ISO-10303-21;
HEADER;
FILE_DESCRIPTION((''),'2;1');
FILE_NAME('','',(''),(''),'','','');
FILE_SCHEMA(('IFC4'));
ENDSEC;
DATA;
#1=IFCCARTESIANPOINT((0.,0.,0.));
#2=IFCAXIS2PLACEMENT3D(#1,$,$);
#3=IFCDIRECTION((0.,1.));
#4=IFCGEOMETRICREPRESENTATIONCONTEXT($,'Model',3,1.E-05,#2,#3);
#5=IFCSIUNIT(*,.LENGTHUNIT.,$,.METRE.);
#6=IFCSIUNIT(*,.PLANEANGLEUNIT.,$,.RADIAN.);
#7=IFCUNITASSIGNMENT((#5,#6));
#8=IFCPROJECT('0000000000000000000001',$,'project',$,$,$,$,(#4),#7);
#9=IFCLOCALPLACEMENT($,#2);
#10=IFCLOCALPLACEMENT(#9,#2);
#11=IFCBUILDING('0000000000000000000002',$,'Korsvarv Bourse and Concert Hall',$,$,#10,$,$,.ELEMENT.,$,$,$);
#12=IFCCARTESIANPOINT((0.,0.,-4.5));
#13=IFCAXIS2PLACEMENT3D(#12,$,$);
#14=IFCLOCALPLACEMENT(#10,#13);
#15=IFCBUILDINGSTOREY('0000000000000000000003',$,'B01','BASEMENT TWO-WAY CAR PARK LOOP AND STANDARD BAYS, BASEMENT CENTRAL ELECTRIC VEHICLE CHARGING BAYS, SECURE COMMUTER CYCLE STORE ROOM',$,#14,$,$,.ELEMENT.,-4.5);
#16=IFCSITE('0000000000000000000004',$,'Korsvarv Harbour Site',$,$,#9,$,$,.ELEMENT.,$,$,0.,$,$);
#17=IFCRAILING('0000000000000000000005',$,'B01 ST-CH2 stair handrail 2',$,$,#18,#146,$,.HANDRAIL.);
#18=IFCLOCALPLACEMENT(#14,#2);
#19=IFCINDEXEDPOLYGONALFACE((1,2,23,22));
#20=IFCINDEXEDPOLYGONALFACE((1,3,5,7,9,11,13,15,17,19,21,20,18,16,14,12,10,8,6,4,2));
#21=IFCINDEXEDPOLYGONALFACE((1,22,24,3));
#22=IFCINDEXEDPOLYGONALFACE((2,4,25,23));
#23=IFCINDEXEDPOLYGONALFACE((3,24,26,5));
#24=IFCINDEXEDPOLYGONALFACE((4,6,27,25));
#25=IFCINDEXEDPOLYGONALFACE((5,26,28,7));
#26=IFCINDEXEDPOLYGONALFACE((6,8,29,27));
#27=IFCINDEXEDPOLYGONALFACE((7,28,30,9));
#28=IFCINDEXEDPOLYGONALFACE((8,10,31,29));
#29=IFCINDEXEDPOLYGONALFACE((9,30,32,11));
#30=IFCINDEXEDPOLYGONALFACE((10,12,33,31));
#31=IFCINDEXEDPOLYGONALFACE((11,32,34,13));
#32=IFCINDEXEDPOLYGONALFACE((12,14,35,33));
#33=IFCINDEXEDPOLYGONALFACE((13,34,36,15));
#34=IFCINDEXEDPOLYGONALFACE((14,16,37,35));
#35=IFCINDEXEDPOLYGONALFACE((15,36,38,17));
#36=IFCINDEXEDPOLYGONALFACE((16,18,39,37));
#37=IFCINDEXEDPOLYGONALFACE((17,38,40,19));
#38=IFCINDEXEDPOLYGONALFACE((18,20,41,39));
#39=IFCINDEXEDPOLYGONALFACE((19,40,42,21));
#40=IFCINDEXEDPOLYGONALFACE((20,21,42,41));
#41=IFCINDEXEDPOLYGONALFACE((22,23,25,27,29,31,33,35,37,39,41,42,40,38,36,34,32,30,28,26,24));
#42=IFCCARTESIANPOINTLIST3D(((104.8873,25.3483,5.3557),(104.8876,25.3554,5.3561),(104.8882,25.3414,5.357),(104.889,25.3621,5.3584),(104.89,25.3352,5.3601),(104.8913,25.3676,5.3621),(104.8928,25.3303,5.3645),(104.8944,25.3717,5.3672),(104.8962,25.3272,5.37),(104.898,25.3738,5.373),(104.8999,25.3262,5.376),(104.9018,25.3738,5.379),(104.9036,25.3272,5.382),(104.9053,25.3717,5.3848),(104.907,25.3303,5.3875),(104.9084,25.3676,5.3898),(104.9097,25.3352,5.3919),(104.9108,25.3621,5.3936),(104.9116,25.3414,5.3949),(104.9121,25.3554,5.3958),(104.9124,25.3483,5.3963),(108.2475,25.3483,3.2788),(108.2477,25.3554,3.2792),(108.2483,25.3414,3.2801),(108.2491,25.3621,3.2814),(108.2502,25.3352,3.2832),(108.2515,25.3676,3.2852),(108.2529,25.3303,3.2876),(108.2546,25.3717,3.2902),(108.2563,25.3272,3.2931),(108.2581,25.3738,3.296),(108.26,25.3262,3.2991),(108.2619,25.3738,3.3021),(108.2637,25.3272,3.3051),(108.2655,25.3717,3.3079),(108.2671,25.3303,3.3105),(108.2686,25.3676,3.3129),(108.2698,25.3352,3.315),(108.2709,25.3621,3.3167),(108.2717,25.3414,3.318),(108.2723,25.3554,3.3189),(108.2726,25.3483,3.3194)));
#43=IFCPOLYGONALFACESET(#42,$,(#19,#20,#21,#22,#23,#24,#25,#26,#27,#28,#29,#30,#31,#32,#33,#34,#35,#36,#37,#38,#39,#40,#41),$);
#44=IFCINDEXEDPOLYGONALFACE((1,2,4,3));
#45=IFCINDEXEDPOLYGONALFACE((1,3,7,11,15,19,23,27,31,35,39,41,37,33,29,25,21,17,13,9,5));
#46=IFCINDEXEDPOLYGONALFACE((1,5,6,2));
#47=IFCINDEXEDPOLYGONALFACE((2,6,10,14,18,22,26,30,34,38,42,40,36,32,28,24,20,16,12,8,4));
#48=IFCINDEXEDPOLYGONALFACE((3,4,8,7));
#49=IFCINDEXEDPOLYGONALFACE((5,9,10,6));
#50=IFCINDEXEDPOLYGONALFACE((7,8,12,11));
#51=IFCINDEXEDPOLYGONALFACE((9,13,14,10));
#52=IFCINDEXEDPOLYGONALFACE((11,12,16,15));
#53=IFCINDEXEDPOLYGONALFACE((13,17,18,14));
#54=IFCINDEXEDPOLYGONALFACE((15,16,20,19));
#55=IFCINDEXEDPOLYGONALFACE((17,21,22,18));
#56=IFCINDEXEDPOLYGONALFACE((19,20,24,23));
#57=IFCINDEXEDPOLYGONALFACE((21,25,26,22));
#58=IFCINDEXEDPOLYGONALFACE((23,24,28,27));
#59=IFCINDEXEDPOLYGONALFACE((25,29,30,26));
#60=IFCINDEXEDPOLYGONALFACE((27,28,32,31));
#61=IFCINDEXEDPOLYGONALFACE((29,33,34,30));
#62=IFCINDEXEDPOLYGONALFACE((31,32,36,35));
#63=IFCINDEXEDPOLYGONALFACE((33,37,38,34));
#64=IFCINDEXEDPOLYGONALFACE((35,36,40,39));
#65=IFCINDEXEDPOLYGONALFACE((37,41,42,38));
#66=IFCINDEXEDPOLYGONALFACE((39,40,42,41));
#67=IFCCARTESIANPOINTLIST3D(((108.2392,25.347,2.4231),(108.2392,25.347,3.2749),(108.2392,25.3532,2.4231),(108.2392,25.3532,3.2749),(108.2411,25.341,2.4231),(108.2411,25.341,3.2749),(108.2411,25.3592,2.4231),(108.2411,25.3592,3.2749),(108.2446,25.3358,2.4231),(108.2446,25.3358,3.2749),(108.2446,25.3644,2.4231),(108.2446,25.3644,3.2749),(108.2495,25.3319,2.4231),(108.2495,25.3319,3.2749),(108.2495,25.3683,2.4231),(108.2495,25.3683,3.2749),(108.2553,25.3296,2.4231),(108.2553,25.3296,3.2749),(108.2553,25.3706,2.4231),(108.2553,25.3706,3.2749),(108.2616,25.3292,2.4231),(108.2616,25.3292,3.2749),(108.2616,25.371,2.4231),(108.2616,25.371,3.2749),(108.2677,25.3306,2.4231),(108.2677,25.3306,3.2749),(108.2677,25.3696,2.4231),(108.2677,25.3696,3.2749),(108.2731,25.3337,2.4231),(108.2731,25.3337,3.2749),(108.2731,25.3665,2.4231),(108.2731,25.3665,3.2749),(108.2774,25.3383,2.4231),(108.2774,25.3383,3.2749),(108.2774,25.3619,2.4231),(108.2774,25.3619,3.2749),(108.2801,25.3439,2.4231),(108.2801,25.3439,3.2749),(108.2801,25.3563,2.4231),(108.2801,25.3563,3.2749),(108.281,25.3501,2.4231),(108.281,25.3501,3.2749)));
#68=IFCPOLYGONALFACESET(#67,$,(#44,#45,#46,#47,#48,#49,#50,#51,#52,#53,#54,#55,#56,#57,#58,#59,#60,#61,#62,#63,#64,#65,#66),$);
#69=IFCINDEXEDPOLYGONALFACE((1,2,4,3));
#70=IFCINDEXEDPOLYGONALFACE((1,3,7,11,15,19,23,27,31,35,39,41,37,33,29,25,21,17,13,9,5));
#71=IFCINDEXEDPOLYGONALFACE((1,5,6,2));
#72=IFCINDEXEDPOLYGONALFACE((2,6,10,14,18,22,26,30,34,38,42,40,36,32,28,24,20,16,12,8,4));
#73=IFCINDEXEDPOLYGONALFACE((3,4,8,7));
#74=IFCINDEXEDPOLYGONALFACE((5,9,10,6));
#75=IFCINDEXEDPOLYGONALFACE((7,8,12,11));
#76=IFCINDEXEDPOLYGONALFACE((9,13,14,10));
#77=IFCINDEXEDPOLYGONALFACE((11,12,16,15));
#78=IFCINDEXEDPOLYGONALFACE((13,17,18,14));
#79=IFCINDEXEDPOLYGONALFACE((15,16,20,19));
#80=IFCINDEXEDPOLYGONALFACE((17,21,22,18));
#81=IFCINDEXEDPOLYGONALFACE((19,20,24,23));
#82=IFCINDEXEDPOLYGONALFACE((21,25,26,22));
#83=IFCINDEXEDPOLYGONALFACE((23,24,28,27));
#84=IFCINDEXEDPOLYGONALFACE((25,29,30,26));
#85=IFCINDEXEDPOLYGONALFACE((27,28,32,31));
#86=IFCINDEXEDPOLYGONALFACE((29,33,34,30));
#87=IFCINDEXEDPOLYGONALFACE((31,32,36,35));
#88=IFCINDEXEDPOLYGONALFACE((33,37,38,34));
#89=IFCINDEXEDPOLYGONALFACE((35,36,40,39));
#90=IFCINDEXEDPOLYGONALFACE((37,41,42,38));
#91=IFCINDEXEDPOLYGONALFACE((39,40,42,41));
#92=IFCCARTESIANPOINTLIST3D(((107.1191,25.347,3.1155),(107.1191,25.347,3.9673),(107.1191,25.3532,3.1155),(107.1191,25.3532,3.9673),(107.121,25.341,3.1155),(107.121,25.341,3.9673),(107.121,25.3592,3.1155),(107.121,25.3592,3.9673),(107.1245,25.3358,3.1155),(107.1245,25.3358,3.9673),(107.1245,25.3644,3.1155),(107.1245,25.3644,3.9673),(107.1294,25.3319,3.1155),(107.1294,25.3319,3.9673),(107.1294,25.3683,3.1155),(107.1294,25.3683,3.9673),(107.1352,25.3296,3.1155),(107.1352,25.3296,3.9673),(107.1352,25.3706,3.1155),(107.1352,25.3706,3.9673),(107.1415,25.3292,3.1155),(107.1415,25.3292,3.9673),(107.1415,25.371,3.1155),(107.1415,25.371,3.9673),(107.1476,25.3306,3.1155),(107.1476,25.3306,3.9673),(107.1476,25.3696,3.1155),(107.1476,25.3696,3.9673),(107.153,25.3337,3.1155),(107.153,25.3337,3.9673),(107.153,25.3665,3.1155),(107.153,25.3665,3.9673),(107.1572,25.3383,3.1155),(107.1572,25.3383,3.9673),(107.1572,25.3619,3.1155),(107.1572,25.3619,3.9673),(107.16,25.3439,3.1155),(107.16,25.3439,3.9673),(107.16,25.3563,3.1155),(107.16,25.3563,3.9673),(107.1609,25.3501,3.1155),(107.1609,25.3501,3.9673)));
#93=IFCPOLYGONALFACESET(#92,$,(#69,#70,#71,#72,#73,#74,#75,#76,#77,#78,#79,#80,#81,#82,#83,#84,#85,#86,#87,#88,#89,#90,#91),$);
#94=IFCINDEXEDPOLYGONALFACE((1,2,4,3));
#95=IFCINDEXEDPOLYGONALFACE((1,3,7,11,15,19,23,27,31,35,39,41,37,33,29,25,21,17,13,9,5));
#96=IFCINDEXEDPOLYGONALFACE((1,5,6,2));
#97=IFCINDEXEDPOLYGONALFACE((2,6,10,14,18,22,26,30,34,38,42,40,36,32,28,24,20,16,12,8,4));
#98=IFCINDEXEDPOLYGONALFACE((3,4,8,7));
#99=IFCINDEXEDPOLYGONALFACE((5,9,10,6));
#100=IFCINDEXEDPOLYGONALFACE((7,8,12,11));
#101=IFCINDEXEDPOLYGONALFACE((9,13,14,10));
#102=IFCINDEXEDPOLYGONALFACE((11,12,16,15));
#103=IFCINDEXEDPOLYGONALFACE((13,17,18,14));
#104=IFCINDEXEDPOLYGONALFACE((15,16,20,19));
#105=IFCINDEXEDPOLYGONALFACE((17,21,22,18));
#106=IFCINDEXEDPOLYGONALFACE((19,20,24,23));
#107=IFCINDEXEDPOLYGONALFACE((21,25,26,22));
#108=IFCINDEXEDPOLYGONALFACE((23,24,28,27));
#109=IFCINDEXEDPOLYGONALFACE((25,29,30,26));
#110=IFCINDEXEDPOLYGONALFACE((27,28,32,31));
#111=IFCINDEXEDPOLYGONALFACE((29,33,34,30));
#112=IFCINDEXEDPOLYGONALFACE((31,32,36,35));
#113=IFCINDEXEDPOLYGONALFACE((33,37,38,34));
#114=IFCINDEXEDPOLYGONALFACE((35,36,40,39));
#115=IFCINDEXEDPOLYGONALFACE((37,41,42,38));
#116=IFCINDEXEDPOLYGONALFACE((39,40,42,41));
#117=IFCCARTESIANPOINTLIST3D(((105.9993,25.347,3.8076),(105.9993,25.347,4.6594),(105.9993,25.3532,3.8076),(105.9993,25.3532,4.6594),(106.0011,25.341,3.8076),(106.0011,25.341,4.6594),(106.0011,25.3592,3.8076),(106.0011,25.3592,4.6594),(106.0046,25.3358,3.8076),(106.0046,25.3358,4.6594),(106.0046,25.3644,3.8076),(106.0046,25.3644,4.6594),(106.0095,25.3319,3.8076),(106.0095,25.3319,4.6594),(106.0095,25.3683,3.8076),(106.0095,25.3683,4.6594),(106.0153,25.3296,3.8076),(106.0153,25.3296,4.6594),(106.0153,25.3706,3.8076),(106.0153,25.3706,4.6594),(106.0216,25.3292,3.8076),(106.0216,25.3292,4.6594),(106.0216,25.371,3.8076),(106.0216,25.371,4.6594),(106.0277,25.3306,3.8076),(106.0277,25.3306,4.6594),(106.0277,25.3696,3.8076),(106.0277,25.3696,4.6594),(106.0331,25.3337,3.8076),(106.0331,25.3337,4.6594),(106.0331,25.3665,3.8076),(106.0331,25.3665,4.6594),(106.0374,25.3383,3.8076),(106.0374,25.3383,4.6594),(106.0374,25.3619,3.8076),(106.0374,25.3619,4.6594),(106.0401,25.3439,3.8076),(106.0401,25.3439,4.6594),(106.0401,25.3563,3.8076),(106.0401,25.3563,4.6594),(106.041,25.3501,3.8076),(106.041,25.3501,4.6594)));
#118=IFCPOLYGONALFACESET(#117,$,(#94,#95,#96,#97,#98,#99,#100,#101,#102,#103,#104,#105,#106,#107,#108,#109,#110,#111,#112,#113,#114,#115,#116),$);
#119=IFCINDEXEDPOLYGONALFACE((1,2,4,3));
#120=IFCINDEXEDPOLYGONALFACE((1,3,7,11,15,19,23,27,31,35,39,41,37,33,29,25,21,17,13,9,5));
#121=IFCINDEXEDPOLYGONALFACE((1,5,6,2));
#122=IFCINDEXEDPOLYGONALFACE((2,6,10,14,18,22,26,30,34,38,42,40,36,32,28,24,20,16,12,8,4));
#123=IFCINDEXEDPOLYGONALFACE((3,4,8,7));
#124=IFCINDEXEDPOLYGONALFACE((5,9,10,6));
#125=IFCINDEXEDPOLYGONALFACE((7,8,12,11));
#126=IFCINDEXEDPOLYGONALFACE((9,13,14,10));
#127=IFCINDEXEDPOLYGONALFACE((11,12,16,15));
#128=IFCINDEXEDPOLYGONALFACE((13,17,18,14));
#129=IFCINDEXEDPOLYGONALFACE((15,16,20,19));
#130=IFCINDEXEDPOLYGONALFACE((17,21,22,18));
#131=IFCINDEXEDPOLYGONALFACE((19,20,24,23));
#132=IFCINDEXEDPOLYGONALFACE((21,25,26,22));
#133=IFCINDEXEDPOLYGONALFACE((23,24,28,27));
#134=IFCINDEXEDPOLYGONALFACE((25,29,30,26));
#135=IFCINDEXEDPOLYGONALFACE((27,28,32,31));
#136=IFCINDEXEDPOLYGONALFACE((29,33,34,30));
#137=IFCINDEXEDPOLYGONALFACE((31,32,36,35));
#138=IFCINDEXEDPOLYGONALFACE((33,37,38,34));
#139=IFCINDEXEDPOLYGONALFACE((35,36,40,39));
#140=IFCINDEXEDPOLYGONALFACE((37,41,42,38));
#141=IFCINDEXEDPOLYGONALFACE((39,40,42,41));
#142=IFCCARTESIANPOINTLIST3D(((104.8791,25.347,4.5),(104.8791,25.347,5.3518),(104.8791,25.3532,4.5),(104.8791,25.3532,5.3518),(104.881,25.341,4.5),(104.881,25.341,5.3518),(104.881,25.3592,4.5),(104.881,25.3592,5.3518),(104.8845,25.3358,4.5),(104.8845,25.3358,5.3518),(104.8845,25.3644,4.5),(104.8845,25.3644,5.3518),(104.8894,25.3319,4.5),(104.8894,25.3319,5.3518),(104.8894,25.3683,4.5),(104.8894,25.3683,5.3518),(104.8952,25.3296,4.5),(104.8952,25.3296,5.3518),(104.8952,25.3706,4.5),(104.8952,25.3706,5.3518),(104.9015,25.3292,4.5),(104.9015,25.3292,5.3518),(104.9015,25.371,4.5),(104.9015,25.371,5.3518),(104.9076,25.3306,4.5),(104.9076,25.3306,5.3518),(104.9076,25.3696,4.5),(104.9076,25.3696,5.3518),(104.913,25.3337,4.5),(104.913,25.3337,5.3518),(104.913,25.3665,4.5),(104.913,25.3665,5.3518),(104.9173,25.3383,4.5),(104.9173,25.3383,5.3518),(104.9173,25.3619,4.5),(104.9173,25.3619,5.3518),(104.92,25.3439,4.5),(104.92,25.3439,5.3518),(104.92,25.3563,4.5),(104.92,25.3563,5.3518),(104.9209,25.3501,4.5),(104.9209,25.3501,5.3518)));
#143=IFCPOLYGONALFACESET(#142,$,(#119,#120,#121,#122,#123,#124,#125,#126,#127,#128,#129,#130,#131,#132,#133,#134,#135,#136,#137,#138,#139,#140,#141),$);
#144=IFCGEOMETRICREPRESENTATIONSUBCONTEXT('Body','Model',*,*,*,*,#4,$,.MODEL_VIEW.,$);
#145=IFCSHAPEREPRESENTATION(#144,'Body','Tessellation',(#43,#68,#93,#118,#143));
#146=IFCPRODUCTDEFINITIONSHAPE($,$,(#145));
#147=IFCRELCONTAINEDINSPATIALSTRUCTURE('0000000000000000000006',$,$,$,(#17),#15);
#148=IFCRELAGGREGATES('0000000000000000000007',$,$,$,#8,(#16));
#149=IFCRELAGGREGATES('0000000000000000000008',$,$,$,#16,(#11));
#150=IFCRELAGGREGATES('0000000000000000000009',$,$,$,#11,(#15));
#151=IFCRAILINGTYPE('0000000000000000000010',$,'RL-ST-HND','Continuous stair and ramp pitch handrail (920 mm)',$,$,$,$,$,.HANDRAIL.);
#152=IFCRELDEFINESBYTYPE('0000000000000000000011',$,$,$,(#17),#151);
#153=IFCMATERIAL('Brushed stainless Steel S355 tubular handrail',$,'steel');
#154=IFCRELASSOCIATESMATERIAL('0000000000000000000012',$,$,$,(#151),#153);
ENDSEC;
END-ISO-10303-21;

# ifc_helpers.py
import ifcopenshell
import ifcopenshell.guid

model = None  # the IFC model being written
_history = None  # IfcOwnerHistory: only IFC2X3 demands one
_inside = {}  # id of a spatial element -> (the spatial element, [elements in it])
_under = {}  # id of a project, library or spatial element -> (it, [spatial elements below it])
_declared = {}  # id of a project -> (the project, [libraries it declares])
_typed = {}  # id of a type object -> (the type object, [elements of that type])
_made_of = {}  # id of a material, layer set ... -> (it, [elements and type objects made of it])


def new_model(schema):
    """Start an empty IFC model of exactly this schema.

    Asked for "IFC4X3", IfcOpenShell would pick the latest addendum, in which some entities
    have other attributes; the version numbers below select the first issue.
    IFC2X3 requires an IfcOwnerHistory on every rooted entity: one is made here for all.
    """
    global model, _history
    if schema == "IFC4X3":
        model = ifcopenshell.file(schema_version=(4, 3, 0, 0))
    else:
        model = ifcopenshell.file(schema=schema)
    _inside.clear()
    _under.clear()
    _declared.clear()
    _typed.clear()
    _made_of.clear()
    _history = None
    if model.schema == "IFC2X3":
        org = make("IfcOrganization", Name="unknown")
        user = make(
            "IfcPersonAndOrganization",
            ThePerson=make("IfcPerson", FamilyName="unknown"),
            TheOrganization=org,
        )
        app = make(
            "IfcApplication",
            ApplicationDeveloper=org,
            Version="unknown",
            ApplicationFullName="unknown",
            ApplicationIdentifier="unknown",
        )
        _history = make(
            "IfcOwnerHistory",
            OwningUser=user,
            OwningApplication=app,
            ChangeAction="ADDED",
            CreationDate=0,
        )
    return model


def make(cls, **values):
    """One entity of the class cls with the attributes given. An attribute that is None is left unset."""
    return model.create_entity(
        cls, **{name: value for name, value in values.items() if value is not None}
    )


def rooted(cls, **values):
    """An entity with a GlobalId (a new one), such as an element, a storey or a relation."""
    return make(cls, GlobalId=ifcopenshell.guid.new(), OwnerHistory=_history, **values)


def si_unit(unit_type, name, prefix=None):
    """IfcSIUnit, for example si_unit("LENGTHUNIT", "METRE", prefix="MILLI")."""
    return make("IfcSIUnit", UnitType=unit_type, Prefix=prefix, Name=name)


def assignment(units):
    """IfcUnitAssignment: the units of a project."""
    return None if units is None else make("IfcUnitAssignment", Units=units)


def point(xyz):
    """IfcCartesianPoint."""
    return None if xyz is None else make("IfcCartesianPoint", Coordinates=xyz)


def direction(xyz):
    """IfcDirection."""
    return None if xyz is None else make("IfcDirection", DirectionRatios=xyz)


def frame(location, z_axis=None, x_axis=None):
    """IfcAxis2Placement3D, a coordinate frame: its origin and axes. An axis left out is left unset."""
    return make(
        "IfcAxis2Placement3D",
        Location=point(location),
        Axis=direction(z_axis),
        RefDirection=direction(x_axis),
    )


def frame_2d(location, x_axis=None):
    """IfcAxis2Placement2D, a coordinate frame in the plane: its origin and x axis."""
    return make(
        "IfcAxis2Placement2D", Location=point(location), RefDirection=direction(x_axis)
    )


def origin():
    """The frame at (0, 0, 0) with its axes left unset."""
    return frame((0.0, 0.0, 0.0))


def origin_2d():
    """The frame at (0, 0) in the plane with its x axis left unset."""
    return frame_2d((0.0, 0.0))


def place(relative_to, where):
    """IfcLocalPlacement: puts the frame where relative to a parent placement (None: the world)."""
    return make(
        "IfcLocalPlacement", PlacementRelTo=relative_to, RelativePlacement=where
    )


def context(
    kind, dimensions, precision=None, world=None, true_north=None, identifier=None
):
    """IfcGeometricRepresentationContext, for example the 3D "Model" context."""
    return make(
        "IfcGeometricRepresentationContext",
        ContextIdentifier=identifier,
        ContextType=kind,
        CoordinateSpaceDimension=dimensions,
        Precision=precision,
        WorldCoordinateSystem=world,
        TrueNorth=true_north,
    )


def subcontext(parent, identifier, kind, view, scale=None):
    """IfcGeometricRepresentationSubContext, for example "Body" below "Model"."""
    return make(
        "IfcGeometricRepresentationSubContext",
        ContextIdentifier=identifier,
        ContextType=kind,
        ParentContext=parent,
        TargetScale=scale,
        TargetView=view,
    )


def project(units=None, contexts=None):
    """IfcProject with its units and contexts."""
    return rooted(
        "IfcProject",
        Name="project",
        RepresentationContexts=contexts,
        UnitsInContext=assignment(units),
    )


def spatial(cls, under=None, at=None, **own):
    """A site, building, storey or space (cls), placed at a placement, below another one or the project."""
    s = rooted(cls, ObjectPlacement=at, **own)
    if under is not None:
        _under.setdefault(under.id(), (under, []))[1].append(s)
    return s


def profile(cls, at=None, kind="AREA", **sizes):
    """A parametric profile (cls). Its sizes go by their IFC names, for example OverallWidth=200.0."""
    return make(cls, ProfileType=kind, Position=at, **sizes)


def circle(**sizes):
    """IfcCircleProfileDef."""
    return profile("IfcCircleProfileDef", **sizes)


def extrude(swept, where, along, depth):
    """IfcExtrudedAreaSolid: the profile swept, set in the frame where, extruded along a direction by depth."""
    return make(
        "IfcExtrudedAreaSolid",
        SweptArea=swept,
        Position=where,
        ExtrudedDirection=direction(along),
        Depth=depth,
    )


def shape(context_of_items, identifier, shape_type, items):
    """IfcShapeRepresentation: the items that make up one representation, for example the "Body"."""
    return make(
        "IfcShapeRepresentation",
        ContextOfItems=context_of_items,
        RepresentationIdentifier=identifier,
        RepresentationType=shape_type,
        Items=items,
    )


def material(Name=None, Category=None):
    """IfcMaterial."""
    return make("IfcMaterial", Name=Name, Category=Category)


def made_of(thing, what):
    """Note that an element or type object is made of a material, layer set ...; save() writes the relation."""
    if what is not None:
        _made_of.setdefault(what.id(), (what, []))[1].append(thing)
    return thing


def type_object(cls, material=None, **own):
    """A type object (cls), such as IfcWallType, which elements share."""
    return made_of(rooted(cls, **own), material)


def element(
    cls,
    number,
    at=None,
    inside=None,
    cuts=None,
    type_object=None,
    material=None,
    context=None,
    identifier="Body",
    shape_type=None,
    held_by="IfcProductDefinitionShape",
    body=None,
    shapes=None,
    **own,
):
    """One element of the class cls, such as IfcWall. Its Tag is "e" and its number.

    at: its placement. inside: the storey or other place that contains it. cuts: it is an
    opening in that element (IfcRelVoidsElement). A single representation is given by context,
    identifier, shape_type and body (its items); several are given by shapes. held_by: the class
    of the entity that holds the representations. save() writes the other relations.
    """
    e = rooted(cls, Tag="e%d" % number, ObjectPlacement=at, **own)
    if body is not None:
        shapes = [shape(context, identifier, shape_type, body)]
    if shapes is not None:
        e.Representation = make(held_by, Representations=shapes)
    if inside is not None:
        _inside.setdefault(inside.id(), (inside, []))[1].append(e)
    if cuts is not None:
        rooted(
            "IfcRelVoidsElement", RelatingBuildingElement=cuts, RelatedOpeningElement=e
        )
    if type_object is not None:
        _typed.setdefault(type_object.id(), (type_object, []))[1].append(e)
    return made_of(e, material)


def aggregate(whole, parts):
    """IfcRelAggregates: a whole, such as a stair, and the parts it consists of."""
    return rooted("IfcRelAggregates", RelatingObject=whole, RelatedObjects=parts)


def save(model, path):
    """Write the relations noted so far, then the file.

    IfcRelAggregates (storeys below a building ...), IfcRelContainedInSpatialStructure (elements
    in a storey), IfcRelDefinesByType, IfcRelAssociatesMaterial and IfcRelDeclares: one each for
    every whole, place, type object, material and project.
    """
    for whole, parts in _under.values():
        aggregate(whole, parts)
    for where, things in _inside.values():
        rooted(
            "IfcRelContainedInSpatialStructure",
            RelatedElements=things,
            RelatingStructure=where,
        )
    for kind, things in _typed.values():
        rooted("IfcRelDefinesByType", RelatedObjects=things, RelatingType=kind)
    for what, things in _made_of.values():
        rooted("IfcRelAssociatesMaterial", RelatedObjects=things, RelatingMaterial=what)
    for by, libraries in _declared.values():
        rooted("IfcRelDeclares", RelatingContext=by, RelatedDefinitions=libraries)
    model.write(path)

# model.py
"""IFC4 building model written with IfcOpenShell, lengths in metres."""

from ifc_helpers import new_model, si_unit, direction, frame, origin, origin_2d, place, context, subcontext, project, spatial, circle, extrude, material, type_object, element, save


model = new_model("IFC4")

# Units and contexts
model_context = context("Model", 3, precision=1e-05, world=origin(), true_north=direction((0.0, 1.0)))
body_context = subcontext(model_context, "Body", "Model", "MODEL_VIEW")
ifc_project = project(units=[si_unit("LENGTHUNIT", "METRE"), si_unit("PLANEANGLEUNIT", "RADIAN")], contexts=[model_context])

# Site, building, storey
site_placement = place(None, origin())
site = spatial("IfcSite", under=ifc_project, at=site_placement, Name="Korsvarv Harbour Site", CompositionType="ELEMENT", RefElevation=0.0)
building_placement = place(site_placement, origin())
building = spatial("IfcBuilding", under=site, at=building_placement, Name="Korsvarv Bourse and Concert Hall", CompositionType="ELEMENT")
storey_placement = place(building_placement, frame((0.0, 0.0, -4.5)))
storey = spatial("IfcBuildingStorey", under=building, at=storey_placement, Name="B01", Description="BASEMENT TWO-WAY CAR PARK LOOP AND STANDARD BAYS, BASEMENT CENTRAL ELECTRIC VEHICLE CHARGING BAYS, SECURE COMMUTER CYCLE STORE ROOM", CompositionType="ELEMENT", Elevation=-4.5)

# Railing
ifc_material_1 = material(Name="Brushed stainless Steel S355 tubular handrail", Category="steel")
railing_type = type_object("IfcRailingType", Name="RL-ST-HND", Description="Continuous stair and ramp pitch handrail (920 mm)", PredefinedType="HANDRAIL", material=ifc_material_1)
railing_placement = place(storey_placement, frame((108.26, 25.3501, 2.4231)))
element("IfcRailing", 1, at=railing_placement, inside=storey, type_object=railing_type, Name="B01 ST-CH2 stair handrail 2", PredefinedType="HANDRAIL", context=body_context, shape_type="SweptSolid", body=[
    extrude(circle(Radius=0.0239, at=origin_2d()), frame((0.0, 0.0, 0.876), z_axis=(-0.850623, 0.0, 0.525776), x_axis=(0.0, -1.0, 0.0)), (0.0, 0.0, 1.0), 3.9502),
    extrude(circle(Radius=0.021, at=origin_2d()), origin(), (0.0, 0.0, 1.0), 0.8518),
    extrude(circle(Radius=0.021, at=origin_2d()), frame((-1.1201, 0.0, 0.6924)), (0.0, 0.0, 1.0), 0.8518),
    extrude(circle(Radius=0.021, at=origin_2d()), frame((-2.24, 0.0, 1.3845)), (0.0, 0.0, 1.0), 0.8518),
    extrude(circle(Radius=0.021, at=origin_2d()), frame((-3.3601, 0.0, 2.0769)), (0.0, 0.0, 1.0), 0.8518),
])

save(model, "model.ifc")
